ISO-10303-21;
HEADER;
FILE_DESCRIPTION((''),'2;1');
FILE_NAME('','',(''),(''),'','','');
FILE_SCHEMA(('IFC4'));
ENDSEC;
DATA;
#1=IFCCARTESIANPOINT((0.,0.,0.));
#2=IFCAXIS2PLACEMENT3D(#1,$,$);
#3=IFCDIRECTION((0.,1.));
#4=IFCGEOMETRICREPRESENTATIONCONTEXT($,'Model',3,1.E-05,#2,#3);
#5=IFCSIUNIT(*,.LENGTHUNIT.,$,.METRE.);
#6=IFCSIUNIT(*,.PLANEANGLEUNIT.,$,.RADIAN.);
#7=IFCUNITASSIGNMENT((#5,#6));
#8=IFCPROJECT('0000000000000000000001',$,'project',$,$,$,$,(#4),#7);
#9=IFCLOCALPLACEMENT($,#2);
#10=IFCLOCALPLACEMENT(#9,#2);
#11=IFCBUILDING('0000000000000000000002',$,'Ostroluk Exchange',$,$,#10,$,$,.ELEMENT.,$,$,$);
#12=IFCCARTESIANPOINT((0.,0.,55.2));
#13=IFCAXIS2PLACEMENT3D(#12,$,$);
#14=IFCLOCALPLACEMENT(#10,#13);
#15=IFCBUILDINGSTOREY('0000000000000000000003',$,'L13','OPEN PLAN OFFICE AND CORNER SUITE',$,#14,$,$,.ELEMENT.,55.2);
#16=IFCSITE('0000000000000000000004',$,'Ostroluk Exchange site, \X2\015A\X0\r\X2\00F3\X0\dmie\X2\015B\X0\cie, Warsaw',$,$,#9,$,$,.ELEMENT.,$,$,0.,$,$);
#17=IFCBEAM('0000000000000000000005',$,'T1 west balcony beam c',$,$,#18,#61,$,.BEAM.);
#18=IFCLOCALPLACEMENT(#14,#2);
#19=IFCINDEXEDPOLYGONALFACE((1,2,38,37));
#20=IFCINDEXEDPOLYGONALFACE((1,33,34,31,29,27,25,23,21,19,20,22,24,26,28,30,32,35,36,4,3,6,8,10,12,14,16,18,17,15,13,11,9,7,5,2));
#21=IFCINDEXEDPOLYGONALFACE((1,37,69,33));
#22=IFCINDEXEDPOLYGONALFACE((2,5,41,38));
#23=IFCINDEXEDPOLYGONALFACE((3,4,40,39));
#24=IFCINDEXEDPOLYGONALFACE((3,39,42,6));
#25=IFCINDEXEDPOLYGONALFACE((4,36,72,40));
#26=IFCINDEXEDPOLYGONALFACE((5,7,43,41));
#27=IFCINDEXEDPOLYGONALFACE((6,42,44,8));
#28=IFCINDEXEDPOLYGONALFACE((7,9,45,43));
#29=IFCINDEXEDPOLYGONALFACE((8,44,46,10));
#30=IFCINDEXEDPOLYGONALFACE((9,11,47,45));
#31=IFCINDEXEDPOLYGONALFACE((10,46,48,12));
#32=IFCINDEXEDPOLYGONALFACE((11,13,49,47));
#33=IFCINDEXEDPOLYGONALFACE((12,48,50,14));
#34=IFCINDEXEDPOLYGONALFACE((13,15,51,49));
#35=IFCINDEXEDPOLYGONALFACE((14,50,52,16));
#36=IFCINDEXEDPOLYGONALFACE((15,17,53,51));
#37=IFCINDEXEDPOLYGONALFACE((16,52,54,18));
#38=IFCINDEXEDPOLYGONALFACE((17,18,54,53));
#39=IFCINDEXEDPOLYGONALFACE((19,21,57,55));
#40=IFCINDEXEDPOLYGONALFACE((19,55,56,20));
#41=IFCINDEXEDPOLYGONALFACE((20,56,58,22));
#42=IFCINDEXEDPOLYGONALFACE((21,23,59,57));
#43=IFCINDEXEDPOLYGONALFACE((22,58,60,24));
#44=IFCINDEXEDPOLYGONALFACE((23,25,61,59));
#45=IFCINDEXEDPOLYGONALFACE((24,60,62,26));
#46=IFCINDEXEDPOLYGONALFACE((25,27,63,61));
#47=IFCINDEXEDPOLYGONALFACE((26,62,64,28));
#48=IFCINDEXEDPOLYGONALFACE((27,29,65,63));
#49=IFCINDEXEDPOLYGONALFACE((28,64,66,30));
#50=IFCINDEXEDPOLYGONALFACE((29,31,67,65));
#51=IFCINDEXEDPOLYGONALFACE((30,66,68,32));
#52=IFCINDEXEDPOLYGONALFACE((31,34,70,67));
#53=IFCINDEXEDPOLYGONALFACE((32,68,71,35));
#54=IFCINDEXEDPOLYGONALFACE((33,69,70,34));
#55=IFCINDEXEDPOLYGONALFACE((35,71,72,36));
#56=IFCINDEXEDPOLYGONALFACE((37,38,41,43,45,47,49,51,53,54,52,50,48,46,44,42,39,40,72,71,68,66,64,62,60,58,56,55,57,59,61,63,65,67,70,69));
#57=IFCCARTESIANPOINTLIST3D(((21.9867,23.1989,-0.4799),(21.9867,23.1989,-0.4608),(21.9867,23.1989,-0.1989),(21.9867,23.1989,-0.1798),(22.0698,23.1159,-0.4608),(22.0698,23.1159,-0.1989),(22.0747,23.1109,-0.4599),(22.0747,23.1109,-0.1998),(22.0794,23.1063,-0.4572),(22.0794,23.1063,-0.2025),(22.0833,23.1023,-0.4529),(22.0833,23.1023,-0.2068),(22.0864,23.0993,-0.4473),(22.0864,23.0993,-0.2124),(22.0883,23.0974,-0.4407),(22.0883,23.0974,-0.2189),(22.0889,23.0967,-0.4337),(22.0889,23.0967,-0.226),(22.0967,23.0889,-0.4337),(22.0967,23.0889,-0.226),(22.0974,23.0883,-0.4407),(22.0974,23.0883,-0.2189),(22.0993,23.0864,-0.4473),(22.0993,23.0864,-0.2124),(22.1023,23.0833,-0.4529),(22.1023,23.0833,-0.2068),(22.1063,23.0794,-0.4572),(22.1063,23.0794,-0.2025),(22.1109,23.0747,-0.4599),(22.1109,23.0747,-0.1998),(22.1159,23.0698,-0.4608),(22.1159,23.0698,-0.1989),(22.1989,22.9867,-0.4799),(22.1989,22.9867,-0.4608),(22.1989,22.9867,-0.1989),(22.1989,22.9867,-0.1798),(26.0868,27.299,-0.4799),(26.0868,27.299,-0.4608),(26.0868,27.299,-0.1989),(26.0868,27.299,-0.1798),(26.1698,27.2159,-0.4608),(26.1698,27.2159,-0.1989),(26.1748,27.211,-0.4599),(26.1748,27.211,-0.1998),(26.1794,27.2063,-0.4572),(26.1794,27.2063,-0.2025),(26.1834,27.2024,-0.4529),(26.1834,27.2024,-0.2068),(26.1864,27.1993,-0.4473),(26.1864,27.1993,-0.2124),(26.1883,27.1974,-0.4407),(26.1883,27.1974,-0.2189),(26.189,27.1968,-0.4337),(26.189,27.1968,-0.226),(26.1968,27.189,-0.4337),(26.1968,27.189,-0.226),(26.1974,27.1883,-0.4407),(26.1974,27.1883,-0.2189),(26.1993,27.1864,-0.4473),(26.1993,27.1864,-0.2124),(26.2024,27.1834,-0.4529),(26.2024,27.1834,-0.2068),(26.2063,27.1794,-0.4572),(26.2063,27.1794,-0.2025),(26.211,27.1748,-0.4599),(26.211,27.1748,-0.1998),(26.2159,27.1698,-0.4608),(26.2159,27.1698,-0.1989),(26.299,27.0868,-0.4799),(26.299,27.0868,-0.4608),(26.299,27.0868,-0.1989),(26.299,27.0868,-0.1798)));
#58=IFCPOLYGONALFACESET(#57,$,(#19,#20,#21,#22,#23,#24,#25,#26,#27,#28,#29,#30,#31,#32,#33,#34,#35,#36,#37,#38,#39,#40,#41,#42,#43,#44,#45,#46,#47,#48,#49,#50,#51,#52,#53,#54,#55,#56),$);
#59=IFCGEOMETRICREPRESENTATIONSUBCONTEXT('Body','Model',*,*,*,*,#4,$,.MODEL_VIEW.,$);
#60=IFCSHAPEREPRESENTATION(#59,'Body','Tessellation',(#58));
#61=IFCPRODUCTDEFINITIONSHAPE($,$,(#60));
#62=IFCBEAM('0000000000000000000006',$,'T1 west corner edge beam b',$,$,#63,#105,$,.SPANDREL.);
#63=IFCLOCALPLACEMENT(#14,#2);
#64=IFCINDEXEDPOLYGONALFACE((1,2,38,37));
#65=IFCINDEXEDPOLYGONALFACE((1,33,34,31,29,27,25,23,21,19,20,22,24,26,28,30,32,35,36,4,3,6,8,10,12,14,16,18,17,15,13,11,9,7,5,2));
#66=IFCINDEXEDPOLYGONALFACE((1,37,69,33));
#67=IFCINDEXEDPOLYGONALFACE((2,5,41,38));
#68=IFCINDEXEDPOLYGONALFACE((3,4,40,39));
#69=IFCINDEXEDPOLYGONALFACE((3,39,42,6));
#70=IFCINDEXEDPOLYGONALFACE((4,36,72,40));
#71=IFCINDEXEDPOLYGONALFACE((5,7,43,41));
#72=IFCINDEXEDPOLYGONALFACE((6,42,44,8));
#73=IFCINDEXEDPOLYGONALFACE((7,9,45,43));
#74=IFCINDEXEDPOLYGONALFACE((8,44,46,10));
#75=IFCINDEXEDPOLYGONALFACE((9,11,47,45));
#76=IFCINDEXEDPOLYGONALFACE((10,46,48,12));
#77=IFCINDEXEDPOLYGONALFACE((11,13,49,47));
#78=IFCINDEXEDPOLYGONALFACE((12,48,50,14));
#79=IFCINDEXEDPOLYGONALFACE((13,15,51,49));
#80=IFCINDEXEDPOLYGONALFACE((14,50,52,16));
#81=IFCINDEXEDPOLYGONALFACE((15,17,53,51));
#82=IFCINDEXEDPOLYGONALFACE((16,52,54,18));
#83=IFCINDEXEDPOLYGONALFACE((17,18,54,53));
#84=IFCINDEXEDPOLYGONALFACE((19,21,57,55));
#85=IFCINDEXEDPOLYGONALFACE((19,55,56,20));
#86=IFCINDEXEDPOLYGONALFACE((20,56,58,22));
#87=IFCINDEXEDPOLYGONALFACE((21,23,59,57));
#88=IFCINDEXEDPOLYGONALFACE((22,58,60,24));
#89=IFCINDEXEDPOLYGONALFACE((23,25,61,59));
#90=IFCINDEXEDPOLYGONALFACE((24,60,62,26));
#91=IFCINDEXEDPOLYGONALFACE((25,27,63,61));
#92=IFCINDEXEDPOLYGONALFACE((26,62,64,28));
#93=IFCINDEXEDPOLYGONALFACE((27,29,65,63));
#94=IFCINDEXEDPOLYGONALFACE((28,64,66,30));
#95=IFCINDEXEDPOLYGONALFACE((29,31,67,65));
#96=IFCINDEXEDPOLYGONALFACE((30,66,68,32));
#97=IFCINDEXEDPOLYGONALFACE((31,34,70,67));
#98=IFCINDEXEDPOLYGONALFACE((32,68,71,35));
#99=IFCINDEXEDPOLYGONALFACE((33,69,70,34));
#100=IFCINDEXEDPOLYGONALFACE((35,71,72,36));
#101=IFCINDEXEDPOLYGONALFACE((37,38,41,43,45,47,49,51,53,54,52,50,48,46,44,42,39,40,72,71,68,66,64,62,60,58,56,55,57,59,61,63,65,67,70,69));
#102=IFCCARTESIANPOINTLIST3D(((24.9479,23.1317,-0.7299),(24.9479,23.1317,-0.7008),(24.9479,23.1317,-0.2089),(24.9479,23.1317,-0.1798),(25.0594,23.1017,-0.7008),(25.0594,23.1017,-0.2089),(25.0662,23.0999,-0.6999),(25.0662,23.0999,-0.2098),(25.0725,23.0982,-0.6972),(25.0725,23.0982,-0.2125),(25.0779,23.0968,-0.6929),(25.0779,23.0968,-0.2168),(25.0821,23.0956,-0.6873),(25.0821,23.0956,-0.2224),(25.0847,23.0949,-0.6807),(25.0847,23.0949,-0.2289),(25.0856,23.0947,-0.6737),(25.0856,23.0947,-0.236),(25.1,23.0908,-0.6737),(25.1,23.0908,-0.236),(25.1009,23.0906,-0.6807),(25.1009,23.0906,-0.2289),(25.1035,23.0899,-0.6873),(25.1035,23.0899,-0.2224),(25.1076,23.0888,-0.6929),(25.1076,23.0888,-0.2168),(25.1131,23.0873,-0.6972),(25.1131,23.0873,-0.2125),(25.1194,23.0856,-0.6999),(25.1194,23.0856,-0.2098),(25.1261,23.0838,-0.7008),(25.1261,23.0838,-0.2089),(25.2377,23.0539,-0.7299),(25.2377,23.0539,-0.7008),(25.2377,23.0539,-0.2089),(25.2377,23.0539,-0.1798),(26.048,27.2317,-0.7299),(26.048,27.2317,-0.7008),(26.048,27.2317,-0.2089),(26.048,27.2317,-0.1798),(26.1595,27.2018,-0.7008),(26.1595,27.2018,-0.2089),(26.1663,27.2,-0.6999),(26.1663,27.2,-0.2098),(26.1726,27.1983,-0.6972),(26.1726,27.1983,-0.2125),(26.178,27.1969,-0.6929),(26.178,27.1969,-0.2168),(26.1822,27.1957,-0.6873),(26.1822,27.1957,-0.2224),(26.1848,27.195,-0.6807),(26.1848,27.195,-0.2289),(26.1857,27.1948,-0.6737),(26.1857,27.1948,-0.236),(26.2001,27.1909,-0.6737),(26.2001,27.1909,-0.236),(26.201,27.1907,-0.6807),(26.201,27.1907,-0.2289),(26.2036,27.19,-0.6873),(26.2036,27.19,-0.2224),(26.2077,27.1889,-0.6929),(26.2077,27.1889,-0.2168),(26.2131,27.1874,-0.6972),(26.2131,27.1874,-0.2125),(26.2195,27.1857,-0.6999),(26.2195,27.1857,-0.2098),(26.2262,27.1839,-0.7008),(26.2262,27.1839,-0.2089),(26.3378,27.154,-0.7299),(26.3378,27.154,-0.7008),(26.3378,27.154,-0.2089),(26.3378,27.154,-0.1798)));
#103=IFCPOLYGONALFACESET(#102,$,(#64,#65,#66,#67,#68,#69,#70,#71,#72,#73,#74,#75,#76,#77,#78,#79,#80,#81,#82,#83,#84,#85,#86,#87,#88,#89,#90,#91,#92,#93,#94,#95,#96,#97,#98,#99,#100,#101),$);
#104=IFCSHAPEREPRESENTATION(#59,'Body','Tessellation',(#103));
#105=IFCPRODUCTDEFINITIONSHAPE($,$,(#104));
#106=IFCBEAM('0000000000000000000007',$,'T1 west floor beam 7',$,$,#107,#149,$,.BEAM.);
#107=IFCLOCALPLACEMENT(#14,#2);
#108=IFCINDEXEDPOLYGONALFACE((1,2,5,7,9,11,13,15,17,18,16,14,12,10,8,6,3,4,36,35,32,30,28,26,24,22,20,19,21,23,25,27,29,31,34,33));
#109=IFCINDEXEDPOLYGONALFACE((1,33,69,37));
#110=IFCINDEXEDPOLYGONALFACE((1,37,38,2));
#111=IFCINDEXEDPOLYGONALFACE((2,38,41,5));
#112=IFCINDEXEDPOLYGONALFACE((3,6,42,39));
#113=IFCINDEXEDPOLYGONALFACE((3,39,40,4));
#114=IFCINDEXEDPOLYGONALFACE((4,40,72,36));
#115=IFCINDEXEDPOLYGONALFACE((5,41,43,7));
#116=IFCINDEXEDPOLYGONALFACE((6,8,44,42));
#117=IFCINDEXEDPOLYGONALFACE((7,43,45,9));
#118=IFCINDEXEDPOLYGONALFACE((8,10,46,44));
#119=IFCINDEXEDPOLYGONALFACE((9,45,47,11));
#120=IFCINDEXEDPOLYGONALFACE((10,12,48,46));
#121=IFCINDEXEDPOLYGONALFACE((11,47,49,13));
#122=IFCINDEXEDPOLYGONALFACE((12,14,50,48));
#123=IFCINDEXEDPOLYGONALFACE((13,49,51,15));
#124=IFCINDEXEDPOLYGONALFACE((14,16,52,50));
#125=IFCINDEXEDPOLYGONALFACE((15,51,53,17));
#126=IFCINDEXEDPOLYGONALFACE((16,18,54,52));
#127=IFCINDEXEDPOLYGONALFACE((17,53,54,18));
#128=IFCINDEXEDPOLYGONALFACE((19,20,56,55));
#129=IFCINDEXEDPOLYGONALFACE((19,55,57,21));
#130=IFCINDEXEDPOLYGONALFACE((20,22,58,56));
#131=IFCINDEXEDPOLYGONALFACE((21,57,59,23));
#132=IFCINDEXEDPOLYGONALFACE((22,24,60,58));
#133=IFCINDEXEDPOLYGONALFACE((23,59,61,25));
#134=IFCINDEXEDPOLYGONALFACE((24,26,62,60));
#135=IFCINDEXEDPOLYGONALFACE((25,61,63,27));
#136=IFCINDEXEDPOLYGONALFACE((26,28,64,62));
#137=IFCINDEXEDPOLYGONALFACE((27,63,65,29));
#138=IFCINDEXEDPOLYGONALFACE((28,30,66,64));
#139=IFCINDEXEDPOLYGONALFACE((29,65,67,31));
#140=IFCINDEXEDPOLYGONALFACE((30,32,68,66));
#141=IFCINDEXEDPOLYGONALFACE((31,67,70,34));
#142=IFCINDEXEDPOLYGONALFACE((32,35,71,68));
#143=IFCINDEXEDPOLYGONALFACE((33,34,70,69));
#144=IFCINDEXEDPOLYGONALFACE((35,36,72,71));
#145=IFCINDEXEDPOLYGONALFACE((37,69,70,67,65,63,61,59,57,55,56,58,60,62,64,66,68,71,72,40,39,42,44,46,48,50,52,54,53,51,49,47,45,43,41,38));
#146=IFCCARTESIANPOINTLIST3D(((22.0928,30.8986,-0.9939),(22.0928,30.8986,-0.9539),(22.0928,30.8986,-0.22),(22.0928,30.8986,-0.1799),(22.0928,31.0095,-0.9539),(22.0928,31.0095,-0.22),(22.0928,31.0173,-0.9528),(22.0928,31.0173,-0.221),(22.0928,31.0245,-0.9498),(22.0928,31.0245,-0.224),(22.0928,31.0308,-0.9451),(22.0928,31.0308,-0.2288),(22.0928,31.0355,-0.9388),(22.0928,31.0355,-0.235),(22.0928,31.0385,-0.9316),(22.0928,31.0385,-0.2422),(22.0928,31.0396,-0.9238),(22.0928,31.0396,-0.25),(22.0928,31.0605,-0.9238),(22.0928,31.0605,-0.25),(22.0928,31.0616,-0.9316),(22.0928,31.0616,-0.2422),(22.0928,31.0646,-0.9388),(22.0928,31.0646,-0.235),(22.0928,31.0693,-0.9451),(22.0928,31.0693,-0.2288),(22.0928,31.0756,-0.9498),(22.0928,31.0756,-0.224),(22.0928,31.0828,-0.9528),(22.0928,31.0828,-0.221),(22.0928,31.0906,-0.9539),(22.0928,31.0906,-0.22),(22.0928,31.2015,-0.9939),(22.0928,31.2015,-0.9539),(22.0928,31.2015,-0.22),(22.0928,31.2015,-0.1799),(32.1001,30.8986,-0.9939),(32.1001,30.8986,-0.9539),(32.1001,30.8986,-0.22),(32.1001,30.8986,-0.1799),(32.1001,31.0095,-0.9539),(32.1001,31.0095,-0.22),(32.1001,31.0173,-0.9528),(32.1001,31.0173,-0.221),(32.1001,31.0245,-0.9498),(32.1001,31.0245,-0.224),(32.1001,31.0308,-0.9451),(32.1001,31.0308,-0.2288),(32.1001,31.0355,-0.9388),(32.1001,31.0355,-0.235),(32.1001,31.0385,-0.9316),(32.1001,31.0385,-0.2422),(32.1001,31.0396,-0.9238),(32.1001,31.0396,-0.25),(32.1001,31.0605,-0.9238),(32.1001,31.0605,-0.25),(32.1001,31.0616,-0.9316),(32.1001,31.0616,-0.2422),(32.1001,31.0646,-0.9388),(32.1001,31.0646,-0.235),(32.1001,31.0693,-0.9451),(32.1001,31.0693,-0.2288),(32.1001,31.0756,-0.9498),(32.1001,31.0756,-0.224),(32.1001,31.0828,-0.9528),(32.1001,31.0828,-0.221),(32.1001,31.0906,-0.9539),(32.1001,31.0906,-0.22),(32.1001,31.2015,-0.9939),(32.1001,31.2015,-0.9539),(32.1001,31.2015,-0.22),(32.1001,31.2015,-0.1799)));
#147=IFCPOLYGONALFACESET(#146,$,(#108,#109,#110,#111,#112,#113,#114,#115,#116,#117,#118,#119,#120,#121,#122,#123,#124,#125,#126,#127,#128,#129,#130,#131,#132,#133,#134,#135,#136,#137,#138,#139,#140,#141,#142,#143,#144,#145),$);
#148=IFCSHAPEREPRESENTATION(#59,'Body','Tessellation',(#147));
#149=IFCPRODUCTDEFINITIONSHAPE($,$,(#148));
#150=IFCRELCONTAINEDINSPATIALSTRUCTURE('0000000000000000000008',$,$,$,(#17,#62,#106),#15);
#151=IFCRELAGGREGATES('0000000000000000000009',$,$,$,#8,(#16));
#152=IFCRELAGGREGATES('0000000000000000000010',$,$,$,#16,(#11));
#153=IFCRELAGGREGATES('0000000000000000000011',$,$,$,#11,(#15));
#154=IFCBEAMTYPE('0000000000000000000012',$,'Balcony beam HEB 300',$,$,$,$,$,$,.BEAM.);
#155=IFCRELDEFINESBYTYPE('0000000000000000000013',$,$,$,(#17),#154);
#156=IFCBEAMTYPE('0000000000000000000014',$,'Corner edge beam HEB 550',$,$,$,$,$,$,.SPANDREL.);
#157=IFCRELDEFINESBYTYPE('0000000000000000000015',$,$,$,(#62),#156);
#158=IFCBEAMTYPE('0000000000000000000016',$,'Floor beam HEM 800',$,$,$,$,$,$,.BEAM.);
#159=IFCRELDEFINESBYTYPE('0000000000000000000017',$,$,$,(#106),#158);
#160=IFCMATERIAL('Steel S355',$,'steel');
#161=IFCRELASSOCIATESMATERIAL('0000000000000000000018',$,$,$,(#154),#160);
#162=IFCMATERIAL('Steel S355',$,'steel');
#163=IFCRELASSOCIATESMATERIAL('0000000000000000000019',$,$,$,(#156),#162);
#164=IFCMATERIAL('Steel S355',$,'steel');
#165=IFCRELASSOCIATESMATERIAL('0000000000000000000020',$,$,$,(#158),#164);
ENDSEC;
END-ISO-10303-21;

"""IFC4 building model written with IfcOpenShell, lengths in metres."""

from ifc_helpers import new_model, si_unit, direction, frame, origin, origin_2d, place, context, subcontext, project, spatial, i_section, extrude, material, material_profile, profile_set, type_object, element, save


model = new_model("IFC4")

# Units and contexts
model_context = context("Model", 3, precision=1e-05, world=origin(), true_north=direction((0.0, 1.0)))
body_context = subcontext(model_context, "Body", "Model", "MODEL_VIEW")
ifc_project = project(units=[si_unit("LENGTHUNIT", "METRE"), si_unit("PLANEANGLEUNIT", "RADIAN")], contexts=[model_context])

# Site, building, storey
site_placement = place(None, origin())
site = spatial("IfcSite", under=ifc_project, at=site_placement, Name="Ostroluk Exchange site, Śródmieście, Warsaw", CompositionType="ELEMENT", RefElevation=0.0)
building_placement = place(site_placement, origin())
building = spatial("IfcBuilding", under=site, at=building_placement, Name="Ostroluk Exchange", CompositionType="ELEMENT")
storey_placement = place(building_placement, frame((0.0, 0.0, 55.2)))
storey = spatial("IfcBuildingStorey", under=building, at=storey_placement, Name="L13", Description="OPEN PLAN OFFICE AND CORNER SUITE", CompositionType="ELEMENT", Elevation=55.2)

# Beams
ifc_material_1 = material(Name="Steel S355", Category="steel")
ifc_material_profile_1 = material_profile(ifc_material_1, i_section(OverallWidth=0.3, OverallDepth=0.3, WebThickness=0.011, FlangeThickness=0.019, FilletRadius=0.0271, at=origin_2d()), Name="HEB 300")
ifc_profile_set_1 = profile_set([ifc_material_profile_1], Name="Steel S355")
beam_type_1 = type_object("IfcBeamType", Name="Balcony beam HEB 300", PredefinedType="BEAM", material=ifc_profile_set_1)
beam_1_placement = place(storey_placement, frame((26.1929, 27.1929, -0.3298), z_axis=(-0.707107, -0.707107, 0.0), x_axis=(0.707107, -0.707107, 0.0)))
element("IfcBeam", 1, at=beam_1_placement, inside=storey, type_object=beam_type_1, Name="T1 west balcony beam c", PredefinedType="BEAM", context=body_context, shape_type="SweptSolid", body=[
    extrude(i_section(OverallWidth=0.3, OverallDepth=0.3, WebThickness=0.011, FlangeThickness=0.019, FilletRadius=0.0271, at=origin_2d()), origin(), (0.0, 0.0, 1.0), 5.7983),
])
ifc_material_2 = material(Name="Steel S355", Category="steel")
ifc_material_profile_2 = material_profile(ifc_material_2, i_section(OverallWidth=0.3, OverallDepth=0.55, WebThickness=0.0149, FlangeThickness=0.0291, FilletRadius=0.0271, at=origin_2d()), Name="HEB 550")
ifc_profile_set_2 = profile_set([ifc_material_profile_2], Name="Steel S355")
beam_type_2 = type_object("IfcBeamType", Name="Corner edge beam HEB 550", PredefinedType="SPANDREL", material=ifc_profile_set_2)
beam_2_placement = place(storey_placement, frame((26.1929, 27.1929, -0.4548), z_axis=(-0.259144, -0.965839, 0.0), x_axis=(0.965839, -0.259144, 0.0)))
element("IfcBeam", 2, at=beam_2_placement, inside=storey, type_object=beam_type_2, Name="T1 west corner edge beam b", PredefinedType="SPANDREL", context=body_context, shape_type="SweptSolid", body=[
    extrude(i_section(OverallWidth=0.3, OverallDepth=0.55, WebThickness=0.0149, FlangeThickness=0.0291, FilletRadius=0.0271, at=origin_2d()), origin(), (0.0, 0.0, 1.0), 4.2451),
])
ifc_material_3 = material(Name="Steel S355", Category="steel")
ifc_material_profile_3 = material_profile(ifc_material_3, i_section(OverallWidth=0.303, OverallDepth=0.814, WebThickness=0.021, FlangeThickness=0.04, FilletRadius=0.03, at=origin_2d()), Name="HEM 800")
ifc_profile_set_3 = profile_set([ifc_material_profile_3], Name="Steel S355")
beam_type_3 = type_object("IfcBeamType", Name="Floor beam HEM 800", PredefinedType="BEAM", material=ifc_profile_set_3)
beam_3_placement = place(storey_placement, frame((32.1001, 31.05, -0.5869), z_axis=(-1.0, 0.0, 0.0), x_axis=(0.0, -1.0, 0.0)))
element("IfcBeam", 3, at=beam_3_placement, inside=storey, type_object=beam_type_3, Name="T1 west floor beam 7", PredefinedType="BEAM", context=body_context, shape_type="SweptSolid", body=[
    extrude(i_section(OverallWidth=0.303, OverallDepth=0.814, WebThickness=0.021, FlangeThickness=0.04, FilletRadius=0.03, at=origin_2d()), origin(), (0.0, 0.0, 1.0), 10.0073),
])

save(model, "model.ifc")
